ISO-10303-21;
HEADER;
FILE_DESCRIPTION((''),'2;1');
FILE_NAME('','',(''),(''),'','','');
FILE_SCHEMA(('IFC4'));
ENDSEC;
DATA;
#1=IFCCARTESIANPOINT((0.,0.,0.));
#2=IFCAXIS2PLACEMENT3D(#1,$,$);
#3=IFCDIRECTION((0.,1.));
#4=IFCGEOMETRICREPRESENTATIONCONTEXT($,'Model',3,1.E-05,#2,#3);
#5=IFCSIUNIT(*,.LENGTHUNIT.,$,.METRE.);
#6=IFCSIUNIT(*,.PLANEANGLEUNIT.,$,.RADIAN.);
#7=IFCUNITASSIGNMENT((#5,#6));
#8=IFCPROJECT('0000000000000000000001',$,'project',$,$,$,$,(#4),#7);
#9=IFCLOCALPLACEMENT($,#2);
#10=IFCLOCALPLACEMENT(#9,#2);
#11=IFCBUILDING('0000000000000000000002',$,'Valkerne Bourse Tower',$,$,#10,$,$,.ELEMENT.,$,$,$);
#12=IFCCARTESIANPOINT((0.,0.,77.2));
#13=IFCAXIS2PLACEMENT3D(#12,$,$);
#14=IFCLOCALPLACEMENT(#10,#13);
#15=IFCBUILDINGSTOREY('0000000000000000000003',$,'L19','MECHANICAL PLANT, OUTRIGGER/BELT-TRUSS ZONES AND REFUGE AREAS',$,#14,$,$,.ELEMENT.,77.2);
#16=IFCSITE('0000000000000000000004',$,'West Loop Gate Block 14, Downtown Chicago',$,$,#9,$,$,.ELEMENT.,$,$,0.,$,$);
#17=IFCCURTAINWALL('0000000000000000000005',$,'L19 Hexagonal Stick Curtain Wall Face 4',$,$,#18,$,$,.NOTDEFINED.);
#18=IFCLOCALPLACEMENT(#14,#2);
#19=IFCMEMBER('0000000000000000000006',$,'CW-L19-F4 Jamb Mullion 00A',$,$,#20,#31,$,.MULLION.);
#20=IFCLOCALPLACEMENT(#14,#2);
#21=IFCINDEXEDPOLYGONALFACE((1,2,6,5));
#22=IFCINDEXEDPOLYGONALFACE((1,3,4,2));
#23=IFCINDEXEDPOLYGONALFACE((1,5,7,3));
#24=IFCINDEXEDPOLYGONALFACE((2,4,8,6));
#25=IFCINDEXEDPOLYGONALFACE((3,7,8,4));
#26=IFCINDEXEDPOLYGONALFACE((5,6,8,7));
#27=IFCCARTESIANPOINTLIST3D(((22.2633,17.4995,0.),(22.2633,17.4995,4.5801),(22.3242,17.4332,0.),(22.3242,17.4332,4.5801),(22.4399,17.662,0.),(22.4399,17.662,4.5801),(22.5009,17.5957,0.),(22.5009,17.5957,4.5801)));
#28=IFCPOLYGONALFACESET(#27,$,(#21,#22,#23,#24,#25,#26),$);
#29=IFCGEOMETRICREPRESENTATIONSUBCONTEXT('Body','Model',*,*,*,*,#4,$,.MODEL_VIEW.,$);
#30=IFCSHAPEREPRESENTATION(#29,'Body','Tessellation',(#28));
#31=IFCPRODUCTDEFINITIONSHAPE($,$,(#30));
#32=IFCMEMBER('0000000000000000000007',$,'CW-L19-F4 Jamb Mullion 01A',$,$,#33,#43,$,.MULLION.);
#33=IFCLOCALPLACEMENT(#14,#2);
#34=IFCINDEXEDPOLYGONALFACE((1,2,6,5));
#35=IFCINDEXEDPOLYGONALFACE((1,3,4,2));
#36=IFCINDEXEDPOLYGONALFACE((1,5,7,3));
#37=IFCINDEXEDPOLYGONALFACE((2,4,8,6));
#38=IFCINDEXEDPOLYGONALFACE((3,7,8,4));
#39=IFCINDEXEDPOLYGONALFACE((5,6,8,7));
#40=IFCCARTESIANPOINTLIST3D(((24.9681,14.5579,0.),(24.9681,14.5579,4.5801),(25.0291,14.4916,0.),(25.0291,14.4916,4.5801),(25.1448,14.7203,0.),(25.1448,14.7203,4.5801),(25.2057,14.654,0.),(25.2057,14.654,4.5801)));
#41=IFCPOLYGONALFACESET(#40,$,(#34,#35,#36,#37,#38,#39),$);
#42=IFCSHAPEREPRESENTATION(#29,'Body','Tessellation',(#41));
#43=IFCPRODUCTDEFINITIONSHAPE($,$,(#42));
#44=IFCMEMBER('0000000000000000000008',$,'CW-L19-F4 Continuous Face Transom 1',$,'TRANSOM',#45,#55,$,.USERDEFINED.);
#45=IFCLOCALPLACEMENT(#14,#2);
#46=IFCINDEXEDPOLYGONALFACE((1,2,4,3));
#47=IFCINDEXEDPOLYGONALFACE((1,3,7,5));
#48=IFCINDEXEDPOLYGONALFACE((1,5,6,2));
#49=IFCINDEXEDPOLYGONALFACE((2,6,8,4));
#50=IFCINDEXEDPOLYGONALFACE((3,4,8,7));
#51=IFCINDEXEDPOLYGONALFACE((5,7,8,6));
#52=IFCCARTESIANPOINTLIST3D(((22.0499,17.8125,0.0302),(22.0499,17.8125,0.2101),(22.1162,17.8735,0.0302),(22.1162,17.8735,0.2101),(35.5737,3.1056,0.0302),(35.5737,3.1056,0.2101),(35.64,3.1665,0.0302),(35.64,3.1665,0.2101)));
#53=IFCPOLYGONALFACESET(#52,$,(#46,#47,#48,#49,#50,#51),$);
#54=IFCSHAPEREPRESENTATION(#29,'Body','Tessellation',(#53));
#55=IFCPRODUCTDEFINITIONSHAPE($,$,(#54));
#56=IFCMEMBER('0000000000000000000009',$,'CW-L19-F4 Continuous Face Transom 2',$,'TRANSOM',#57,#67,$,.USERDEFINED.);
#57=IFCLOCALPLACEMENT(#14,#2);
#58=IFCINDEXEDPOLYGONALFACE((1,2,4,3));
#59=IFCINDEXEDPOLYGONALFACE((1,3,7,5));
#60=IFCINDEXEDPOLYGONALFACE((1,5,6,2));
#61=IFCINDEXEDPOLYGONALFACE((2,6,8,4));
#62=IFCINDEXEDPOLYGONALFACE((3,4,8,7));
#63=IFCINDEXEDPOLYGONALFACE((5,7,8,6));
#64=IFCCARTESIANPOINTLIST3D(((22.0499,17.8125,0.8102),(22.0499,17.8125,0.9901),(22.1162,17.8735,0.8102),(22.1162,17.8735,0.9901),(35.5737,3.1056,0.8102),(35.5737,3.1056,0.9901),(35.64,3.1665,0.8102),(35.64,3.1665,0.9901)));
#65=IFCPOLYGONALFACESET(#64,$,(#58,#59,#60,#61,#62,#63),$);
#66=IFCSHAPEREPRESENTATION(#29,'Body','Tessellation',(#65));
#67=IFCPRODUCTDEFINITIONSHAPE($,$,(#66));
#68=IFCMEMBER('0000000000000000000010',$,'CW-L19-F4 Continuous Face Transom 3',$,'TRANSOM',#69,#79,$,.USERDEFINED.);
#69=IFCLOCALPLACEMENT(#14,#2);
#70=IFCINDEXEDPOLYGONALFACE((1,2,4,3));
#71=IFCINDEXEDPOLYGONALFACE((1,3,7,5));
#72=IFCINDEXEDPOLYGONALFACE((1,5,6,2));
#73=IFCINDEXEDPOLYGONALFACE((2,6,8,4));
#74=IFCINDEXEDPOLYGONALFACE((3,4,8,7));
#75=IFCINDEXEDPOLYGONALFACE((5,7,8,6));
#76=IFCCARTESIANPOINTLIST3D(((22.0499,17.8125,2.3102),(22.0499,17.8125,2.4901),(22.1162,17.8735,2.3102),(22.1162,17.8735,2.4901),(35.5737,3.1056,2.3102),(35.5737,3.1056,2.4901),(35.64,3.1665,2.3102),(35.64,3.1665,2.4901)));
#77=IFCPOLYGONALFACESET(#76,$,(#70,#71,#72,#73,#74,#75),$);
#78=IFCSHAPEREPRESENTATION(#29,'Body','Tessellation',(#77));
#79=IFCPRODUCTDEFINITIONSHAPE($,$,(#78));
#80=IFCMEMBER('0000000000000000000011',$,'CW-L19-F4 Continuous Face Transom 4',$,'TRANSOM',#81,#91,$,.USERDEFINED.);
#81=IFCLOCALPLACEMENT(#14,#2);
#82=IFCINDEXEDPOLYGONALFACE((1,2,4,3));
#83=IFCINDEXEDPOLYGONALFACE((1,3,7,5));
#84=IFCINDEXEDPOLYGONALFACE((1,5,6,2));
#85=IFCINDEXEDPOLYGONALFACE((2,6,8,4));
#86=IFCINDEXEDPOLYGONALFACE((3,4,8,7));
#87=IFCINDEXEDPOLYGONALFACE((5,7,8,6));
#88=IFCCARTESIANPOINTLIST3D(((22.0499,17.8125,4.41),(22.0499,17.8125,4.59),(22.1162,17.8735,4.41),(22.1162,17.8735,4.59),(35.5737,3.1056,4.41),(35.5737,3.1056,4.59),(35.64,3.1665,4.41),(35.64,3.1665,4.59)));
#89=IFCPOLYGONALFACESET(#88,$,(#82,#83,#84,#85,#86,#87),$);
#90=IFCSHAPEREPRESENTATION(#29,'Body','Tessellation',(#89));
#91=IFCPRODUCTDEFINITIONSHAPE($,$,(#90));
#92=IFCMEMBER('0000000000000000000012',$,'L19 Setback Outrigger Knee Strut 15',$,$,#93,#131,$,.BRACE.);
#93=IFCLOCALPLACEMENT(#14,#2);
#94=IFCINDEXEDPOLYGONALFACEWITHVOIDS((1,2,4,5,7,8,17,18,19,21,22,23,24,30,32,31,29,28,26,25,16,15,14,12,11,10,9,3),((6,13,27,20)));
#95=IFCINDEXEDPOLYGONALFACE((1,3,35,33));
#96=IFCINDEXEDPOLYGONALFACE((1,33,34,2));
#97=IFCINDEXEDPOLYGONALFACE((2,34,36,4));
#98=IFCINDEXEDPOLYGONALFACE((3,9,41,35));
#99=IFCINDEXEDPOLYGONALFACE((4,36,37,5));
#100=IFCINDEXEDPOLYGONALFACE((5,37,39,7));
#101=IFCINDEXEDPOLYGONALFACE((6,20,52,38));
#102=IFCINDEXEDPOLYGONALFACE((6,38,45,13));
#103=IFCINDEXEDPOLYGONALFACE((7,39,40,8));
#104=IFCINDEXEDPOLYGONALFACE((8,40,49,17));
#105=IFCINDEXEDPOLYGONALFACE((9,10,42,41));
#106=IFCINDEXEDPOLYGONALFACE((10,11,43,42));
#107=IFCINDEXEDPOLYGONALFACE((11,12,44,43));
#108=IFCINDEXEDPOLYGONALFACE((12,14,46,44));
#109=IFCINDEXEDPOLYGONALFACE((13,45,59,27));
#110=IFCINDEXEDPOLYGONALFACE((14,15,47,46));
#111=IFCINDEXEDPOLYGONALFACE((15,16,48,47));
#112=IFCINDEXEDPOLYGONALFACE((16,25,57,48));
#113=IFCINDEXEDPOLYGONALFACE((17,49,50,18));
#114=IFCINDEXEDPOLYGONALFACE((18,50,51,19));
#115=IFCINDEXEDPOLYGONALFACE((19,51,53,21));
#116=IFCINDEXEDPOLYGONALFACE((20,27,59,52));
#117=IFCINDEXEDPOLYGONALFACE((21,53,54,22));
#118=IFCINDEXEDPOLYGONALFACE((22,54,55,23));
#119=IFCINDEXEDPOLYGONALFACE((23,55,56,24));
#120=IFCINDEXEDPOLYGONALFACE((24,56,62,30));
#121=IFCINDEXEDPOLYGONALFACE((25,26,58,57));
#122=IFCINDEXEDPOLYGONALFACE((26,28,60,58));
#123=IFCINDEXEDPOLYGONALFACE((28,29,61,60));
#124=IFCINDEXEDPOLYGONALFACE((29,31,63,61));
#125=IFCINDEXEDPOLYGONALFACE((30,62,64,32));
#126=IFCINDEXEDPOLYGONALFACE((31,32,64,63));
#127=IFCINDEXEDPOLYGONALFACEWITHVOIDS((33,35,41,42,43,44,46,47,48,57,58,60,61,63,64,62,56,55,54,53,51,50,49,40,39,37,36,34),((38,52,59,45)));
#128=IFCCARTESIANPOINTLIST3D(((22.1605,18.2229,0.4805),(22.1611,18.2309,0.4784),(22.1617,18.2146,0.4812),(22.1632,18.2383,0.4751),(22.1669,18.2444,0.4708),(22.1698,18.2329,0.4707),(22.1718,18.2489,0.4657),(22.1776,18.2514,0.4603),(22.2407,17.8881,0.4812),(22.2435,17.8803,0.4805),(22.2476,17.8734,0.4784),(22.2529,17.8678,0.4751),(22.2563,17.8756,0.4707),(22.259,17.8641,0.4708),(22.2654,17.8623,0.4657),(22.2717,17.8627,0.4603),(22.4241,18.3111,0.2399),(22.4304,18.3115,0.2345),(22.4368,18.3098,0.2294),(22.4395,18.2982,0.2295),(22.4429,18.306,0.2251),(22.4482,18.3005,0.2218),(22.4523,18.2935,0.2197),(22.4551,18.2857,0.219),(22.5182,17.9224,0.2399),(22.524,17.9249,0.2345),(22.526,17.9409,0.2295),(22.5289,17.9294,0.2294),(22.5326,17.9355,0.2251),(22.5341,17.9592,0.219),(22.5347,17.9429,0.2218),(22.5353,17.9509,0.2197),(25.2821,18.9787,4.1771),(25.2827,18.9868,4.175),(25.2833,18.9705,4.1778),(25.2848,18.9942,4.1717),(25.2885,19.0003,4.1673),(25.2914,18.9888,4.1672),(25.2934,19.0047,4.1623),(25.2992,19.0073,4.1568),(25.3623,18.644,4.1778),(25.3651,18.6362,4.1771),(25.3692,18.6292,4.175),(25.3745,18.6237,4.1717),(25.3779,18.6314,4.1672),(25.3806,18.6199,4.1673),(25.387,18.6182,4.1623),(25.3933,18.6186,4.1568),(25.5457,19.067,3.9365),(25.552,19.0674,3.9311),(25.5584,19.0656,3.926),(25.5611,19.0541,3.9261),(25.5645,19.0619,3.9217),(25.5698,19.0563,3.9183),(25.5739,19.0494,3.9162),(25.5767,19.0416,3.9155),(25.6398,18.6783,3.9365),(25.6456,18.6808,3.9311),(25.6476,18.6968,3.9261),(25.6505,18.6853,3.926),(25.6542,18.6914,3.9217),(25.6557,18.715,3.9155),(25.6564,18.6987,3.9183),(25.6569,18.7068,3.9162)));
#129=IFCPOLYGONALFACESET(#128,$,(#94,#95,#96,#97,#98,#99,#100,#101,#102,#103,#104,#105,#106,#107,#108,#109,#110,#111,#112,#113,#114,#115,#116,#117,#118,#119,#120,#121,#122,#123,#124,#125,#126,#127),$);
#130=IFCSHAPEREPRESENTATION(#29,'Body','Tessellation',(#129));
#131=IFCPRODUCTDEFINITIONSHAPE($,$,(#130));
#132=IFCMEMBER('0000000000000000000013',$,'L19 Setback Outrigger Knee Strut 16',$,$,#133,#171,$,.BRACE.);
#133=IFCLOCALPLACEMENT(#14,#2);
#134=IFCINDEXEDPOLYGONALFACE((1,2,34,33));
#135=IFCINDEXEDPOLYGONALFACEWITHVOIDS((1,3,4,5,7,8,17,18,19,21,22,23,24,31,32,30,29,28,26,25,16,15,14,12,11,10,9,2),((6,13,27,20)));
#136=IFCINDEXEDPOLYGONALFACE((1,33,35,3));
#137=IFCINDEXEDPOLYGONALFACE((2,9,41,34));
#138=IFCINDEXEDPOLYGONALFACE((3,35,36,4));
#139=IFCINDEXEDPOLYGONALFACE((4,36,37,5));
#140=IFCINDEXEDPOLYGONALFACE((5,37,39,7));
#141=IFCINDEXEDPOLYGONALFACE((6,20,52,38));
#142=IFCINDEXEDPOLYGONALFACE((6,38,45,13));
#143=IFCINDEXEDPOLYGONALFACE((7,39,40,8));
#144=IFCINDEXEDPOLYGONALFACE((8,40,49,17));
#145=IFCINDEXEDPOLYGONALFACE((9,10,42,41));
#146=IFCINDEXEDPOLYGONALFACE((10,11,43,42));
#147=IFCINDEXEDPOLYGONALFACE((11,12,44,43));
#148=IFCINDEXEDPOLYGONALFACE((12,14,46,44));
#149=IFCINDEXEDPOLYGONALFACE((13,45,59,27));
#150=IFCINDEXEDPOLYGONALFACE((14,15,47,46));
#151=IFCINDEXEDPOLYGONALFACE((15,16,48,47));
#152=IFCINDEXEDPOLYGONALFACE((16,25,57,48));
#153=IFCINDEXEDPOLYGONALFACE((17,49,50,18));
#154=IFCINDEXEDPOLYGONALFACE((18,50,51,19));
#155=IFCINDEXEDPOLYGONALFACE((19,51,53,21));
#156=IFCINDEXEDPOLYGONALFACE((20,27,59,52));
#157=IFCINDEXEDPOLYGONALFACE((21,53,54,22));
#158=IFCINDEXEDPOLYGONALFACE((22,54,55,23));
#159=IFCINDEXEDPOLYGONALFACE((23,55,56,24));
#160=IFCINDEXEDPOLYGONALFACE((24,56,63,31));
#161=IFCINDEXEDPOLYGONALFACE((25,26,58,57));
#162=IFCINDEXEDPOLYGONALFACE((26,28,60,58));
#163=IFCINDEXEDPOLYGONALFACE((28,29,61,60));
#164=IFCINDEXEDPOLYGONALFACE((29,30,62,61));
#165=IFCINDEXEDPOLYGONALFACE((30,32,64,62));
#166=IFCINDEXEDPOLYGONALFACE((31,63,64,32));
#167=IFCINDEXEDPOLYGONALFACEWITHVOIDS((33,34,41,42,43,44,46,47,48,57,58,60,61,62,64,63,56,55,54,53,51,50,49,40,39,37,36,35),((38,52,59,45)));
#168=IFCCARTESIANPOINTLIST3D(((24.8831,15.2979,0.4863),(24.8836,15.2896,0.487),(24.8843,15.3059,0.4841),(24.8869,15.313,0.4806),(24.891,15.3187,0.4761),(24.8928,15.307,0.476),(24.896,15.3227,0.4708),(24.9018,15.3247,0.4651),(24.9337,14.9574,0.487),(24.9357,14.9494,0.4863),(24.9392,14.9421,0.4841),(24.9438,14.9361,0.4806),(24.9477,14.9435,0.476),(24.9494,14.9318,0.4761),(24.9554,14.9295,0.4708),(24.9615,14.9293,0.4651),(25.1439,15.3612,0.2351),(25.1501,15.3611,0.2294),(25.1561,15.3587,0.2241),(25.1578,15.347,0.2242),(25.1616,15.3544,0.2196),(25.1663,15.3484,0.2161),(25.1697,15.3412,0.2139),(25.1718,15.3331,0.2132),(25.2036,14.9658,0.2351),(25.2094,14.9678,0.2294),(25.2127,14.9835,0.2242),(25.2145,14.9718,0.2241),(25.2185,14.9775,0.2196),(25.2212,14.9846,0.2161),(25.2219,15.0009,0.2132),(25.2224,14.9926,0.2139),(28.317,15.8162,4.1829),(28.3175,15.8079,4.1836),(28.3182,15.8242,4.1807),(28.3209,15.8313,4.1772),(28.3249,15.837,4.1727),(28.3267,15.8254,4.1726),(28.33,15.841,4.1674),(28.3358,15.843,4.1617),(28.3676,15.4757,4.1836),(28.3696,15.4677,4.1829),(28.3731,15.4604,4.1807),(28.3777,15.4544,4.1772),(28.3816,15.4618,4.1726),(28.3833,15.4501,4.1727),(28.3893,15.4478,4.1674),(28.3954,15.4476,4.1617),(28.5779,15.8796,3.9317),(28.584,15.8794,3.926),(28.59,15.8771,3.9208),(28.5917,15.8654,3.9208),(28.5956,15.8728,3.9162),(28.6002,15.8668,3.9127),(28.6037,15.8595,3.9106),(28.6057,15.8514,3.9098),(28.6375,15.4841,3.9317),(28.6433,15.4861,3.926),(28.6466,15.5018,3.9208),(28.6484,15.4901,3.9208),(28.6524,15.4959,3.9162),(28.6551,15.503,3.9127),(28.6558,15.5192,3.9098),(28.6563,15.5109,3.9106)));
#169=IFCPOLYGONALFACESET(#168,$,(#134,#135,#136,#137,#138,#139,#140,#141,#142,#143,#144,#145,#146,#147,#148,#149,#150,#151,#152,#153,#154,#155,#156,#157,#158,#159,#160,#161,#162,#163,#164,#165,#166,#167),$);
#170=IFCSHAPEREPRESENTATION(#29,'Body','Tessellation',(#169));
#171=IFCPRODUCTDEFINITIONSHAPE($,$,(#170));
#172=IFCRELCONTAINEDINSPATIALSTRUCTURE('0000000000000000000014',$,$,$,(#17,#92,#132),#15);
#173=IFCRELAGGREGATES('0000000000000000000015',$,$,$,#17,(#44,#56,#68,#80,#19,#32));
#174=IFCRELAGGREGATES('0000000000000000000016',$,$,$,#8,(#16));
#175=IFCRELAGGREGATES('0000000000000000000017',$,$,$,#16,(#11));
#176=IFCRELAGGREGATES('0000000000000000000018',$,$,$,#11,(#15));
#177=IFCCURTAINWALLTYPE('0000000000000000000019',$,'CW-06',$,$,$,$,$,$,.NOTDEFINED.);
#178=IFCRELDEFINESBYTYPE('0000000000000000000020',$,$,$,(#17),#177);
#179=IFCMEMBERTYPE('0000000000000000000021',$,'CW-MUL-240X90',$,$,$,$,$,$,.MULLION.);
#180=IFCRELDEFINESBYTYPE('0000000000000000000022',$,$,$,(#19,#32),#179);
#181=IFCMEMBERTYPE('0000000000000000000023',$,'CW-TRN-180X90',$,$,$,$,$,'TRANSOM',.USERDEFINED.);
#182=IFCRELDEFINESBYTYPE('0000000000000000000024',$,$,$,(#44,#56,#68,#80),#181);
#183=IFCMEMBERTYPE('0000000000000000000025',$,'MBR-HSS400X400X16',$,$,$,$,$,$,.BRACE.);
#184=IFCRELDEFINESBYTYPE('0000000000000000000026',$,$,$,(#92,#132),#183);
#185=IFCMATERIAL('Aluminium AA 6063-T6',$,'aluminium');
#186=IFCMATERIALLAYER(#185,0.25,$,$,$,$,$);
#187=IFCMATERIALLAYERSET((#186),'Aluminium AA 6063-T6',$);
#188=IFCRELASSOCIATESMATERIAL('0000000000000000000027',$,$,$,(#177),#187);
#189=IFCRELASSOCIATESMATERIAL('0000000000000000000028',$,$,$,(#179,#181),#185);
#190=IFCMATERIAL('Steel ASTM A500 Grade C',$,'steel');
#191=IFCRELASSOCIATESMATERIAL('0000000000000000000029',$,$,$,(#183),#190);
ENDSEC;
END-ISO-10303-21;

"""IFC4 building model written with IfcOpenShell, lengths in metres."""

from ifc_helpers import new_model, si_unit, direction, frame, origin, origin_2d, place, context, subcontext, project, spatial, rectangle, hollow_rectangle, extrude, material, layer, layer_set, material_profile, profile_set, type_object, element, aggregate, save


model = new_model("IFC4")

# Units and contexts
model_context = context("Model", 3, precision=1e-05, world=origin(), true_north=direction((0.0, 1.0)))
body_context = subcontext(model_context, "Body", "Model", "MODEL_VIEW")
ifc_project = project(units=[si_unit("LENGTHUNIT", "METRE"), si_unit("PLANEANGLEUNIT", "RADIAN")], contexts=[model_context])

# Site, building, storey
site_placement = place(None, origin())
site = spatial("IfcSite", under=ifc_project, at=site_placement, Name="West Loop Gate Block 14, Downtown Chicago", CompositionType="ELEMENT", RefElevation=0.0)
building_placement = place(site_placement, origin())
building = spatial("IfcBuilding", under=site, at=building_placement, Name="Valkerne Bourse Tower", CompositionType="ELEMENT")
storey_placement = place(building_placement, frame((0.0, 0.0, 77.2)))
storey = spatial("IfcBuildingStorey", under=building, at=storey_placement, Name="L19", Description="MECHANICAL PLANT, OUTRIGGER/BELT-TRUSS ZONES AND REFUGE AREAS", CompositionType="ELEMENT", Elevation=77.2)

# Curtain wall, members
ifc_material_1 = material(Name="Aluminium AA 6063-T6", Category="aluminium")
ifc_layer_1 = layer(ifc_material_1, 0.25)
ifc_layer_set_1 = layer_set([ifc_layer_1], Name="Aluminium AA 6063-T6")
curtain_wall_type = type_object("IfcCurtainWallType", Name="CW-06", PredefinedType="NOTDEFINED", material=ifc_layer_set_1)
curtain_wall_placement = place(storey_placement, origin())
curtain_wall = element("IfcCurtainWall", 1, at=curtain_wall_placement, inside=storey, type_object=curtain_wall_type, Name="L19 Hexagonal Stick Curtain Wall Face 4", PredefinedType="NOTDEFINED")
ifc_material_profile_1 = material_profile(ifc_material_1, rectangle(XDim=0.0901, YDim=0.24, at=origin_2d()), Name="CWM-90X240")
ifc_profile_set_1 = profile_set([ifc_material_profile_1], Name="Aluminium AA 6063-T6")
member_type_1 = type_object("IfcMemberType", Name="CW-MUL-240X90", PredefinedType="MULLION", material=ifc_profile_set_1)
member_1_placement = place(storey_placement, frame((22.3821, 17.5476, 0.0), z_axis=(0.0, 0.0, 1.0), x_axis=(0.676869, -0.736103, 0.0)))
member_1 = element("IfcMember", 2, at=member_1_placement, type_object=member_type_1, Name="CW-L19-F4 Jamb Mullion 00A", PredefinedType="MULLION", context=body_context, shape_type="SweptSolid", body=[
    extrude(rectangle(XDim=0.0901, YDim=0.24, at=origin_2d()), origin(), (0.0, 0.0, 1.0), 4.5801),
])
member_2_placement = place(storey_placement, frame((25.0869, 14.606, 0.0), z_axis=(0.0, 0.0, 1.0), x_axis=(0.676882, -0.736092, 0.0)))
member_2 = element("IfcMember", 3, at=member_2_placement, type_object=member_type_1, Name="CW-L19-F4 Jamb Mullion 01A", PredefinedType="MULLION", context=body_context, shape_type="SweptSolid", body=[
    extrude(rectangle(XDim=0.0901, YDim=0.24, at=origin_2d()), origin(), (0.0, 0.0, 1.0), 4.5801),
])
ifc_material_profile_2 = material_profile(ifc_material_1, rectangle(XDim=0.0901, YDim=0.1799, at=origin_2d()), Name="CWT-90X180")
ifc_profile_set_2 = profile_set([ifc_material_profile_2], Name="Aluminium AA 6063-T6")
member_type_2 = type_object("IfcMemberType", Name="CW-TRN-180X90", ElementType="TRANSOM", PredefinedType="USERDEFINED", material=ifc_profile_set_2)
member_3_placement = place(storey_placement, frame((22.083, 17.843, 0.1201), z_axis=(0.676879, -0.736094, 0.0), x_axis=(0.736094, 0.676879, 0.0)))
member_3 = element("IfcMember", 4, at=member_3_placement, type_object=member_type_2, Name="CW-L19-F4 Continuous Face Transom 1", ObjectType="TRANSOM", PredefinedType="USERDEFINED", context=body_context, shape_type="SweptSolid", body=[
    extrude(rectangle(XDim=0.0901, YDim=0.1799, at=origin_2d()), origin(), (0.0, 0.0, 1.0), 19.9797),
])
member_4_placement = place(storey_placement, frame((22.083, 17.843, 0.9001), z_axis=(0.676879, -0.736094, 0.0), x_axis=(0.736094, 0.676879, 0.0)))
member_4 = element("IfcMember", 5, at=member_4_placement, type_object=member_type_2, Name="CW-L19-F4 Continuous Face Transom 2", ObjectType="TRANSOM", PredefinedType="USERDEFINED", context=body_context, shape_type="SweptSolid", body=[
    extrude(rectangle(XDim=0.0901, YDim=0.1799, at=origin_2d()), origin(), (0.0, 0.0, 1.0), 19.9797),
])
member_5_placement = place(storey_placement, frame((22.083, 17.843, 2.4001), z_axis=(0.676879, -0.736094, 0.0), x_axis=(0.736094, 0.676879, 0.0)))
member_5 = element("IfcMember", 6, at=member_5_placement, type_object=member_type_2, Name="CW-L19-F4 Continuous Face Transom 3", ObjectType="TRANSOM", PredefinedType="USERDEFINED", context=body_context, shape_type="SweptSolid", body=[
    extrude(rectangle(XDim=0.0901, YDim=0.1799, at=origin_2d()), origin(), (0.0, 0.0, 1.0), 19.9797),
])
member_6_placement = place(storey_placement, frame((22.083, 17.843, 4.5), z_axis=(0.676879, -0.736094, 0.0), x_axis=(0.736094, 0.676879, 0.0)))
member_6 = element("IfcMember", 7, at=member_6_placement, type_object=member_type_2, Name="CW-L19-F4 Continuous Face Transom 4", ObjectType="TRANSOM", PredefinedType="USERDEFINED", context=body_context, shape_type="SweptSolid", body=[
    extrude(rectangle(XDim=0.0901, YDim=0.1799, at=origin_2d()), origin(), (0.0, 0.0, 1.0), 19.9797),
])

# Members
ifc_material_2 = material(Name="Steel ASTM A500 Grade C", Category="steel")
ifc_material_profile_3 = material_profile(ifc_material_2, hollow_rectangle(XDim=0.3999, YDim=0.3999, WallThickness=0.0161, OuterFilletRadius=0.032, at=origin_2d()), Name="HSS400X400X16")
ifc_profile_set_3 = profile_set([ifc_material_profile_3], Name="Steel ASTM A500 Grade C")
member_type_3 = type_object("IfcMemberType", Name="MBR-HSS400X400X16", PredefinedType="BRACE", material=ifc_profile_set_3)
member_7_placement = place(storey_placement, frame((22.3479, 18.0869, 0.3501), z_axis=(0.637457, 0.154354, 0.754867), x_axis=(-0.235339, 0.971913, 0.0)))
element("IfcMember", 8, at=member_7_placement, inside=storey, type_object=member_type_3, Name="L19 Setback Outrigger Knee Strut 15", PredefinedType="BRACE", context=body_context, shape_type="SweptSolid", body=[
    extrude(hollow_rectangle(XDim=0.3999, YDim=0.3999, WallThickness=0.0161, OuterFilletRadius=0.032, at=origin_2d()), origin(), (0.0, 0.0, 1.0), 4.897),
])
member_8_placement = place(storey_placement, frame((25.0527, 15.1453, 0.3501), z_axis=(0.677031, 0.102192, 0.728825), x_axis=(-0.149251, 0.988799, 0.0)))
element("IfcMember", 9, at=member_8_placement, inside=storey, type_object=member_type_3, Name="L19 Setback Outrigger Knee Strut 16", PredefinedType="BRACE", context=body_context, shape_type="SweptSolid", body=[
    extrude(hollow_rectangle(XDim=0.3999, YDim=0.3999, WallThickness=0.0161, OuterFilletRadius=0.032, at=origin_2d()), origin(), (0.0, 0.0, 1.0), 5.072),
])

aggregate(curtain_wall, [member_3, member_4, member_5, member_6, member_1, member_2])

save(model, "model.ifc")
